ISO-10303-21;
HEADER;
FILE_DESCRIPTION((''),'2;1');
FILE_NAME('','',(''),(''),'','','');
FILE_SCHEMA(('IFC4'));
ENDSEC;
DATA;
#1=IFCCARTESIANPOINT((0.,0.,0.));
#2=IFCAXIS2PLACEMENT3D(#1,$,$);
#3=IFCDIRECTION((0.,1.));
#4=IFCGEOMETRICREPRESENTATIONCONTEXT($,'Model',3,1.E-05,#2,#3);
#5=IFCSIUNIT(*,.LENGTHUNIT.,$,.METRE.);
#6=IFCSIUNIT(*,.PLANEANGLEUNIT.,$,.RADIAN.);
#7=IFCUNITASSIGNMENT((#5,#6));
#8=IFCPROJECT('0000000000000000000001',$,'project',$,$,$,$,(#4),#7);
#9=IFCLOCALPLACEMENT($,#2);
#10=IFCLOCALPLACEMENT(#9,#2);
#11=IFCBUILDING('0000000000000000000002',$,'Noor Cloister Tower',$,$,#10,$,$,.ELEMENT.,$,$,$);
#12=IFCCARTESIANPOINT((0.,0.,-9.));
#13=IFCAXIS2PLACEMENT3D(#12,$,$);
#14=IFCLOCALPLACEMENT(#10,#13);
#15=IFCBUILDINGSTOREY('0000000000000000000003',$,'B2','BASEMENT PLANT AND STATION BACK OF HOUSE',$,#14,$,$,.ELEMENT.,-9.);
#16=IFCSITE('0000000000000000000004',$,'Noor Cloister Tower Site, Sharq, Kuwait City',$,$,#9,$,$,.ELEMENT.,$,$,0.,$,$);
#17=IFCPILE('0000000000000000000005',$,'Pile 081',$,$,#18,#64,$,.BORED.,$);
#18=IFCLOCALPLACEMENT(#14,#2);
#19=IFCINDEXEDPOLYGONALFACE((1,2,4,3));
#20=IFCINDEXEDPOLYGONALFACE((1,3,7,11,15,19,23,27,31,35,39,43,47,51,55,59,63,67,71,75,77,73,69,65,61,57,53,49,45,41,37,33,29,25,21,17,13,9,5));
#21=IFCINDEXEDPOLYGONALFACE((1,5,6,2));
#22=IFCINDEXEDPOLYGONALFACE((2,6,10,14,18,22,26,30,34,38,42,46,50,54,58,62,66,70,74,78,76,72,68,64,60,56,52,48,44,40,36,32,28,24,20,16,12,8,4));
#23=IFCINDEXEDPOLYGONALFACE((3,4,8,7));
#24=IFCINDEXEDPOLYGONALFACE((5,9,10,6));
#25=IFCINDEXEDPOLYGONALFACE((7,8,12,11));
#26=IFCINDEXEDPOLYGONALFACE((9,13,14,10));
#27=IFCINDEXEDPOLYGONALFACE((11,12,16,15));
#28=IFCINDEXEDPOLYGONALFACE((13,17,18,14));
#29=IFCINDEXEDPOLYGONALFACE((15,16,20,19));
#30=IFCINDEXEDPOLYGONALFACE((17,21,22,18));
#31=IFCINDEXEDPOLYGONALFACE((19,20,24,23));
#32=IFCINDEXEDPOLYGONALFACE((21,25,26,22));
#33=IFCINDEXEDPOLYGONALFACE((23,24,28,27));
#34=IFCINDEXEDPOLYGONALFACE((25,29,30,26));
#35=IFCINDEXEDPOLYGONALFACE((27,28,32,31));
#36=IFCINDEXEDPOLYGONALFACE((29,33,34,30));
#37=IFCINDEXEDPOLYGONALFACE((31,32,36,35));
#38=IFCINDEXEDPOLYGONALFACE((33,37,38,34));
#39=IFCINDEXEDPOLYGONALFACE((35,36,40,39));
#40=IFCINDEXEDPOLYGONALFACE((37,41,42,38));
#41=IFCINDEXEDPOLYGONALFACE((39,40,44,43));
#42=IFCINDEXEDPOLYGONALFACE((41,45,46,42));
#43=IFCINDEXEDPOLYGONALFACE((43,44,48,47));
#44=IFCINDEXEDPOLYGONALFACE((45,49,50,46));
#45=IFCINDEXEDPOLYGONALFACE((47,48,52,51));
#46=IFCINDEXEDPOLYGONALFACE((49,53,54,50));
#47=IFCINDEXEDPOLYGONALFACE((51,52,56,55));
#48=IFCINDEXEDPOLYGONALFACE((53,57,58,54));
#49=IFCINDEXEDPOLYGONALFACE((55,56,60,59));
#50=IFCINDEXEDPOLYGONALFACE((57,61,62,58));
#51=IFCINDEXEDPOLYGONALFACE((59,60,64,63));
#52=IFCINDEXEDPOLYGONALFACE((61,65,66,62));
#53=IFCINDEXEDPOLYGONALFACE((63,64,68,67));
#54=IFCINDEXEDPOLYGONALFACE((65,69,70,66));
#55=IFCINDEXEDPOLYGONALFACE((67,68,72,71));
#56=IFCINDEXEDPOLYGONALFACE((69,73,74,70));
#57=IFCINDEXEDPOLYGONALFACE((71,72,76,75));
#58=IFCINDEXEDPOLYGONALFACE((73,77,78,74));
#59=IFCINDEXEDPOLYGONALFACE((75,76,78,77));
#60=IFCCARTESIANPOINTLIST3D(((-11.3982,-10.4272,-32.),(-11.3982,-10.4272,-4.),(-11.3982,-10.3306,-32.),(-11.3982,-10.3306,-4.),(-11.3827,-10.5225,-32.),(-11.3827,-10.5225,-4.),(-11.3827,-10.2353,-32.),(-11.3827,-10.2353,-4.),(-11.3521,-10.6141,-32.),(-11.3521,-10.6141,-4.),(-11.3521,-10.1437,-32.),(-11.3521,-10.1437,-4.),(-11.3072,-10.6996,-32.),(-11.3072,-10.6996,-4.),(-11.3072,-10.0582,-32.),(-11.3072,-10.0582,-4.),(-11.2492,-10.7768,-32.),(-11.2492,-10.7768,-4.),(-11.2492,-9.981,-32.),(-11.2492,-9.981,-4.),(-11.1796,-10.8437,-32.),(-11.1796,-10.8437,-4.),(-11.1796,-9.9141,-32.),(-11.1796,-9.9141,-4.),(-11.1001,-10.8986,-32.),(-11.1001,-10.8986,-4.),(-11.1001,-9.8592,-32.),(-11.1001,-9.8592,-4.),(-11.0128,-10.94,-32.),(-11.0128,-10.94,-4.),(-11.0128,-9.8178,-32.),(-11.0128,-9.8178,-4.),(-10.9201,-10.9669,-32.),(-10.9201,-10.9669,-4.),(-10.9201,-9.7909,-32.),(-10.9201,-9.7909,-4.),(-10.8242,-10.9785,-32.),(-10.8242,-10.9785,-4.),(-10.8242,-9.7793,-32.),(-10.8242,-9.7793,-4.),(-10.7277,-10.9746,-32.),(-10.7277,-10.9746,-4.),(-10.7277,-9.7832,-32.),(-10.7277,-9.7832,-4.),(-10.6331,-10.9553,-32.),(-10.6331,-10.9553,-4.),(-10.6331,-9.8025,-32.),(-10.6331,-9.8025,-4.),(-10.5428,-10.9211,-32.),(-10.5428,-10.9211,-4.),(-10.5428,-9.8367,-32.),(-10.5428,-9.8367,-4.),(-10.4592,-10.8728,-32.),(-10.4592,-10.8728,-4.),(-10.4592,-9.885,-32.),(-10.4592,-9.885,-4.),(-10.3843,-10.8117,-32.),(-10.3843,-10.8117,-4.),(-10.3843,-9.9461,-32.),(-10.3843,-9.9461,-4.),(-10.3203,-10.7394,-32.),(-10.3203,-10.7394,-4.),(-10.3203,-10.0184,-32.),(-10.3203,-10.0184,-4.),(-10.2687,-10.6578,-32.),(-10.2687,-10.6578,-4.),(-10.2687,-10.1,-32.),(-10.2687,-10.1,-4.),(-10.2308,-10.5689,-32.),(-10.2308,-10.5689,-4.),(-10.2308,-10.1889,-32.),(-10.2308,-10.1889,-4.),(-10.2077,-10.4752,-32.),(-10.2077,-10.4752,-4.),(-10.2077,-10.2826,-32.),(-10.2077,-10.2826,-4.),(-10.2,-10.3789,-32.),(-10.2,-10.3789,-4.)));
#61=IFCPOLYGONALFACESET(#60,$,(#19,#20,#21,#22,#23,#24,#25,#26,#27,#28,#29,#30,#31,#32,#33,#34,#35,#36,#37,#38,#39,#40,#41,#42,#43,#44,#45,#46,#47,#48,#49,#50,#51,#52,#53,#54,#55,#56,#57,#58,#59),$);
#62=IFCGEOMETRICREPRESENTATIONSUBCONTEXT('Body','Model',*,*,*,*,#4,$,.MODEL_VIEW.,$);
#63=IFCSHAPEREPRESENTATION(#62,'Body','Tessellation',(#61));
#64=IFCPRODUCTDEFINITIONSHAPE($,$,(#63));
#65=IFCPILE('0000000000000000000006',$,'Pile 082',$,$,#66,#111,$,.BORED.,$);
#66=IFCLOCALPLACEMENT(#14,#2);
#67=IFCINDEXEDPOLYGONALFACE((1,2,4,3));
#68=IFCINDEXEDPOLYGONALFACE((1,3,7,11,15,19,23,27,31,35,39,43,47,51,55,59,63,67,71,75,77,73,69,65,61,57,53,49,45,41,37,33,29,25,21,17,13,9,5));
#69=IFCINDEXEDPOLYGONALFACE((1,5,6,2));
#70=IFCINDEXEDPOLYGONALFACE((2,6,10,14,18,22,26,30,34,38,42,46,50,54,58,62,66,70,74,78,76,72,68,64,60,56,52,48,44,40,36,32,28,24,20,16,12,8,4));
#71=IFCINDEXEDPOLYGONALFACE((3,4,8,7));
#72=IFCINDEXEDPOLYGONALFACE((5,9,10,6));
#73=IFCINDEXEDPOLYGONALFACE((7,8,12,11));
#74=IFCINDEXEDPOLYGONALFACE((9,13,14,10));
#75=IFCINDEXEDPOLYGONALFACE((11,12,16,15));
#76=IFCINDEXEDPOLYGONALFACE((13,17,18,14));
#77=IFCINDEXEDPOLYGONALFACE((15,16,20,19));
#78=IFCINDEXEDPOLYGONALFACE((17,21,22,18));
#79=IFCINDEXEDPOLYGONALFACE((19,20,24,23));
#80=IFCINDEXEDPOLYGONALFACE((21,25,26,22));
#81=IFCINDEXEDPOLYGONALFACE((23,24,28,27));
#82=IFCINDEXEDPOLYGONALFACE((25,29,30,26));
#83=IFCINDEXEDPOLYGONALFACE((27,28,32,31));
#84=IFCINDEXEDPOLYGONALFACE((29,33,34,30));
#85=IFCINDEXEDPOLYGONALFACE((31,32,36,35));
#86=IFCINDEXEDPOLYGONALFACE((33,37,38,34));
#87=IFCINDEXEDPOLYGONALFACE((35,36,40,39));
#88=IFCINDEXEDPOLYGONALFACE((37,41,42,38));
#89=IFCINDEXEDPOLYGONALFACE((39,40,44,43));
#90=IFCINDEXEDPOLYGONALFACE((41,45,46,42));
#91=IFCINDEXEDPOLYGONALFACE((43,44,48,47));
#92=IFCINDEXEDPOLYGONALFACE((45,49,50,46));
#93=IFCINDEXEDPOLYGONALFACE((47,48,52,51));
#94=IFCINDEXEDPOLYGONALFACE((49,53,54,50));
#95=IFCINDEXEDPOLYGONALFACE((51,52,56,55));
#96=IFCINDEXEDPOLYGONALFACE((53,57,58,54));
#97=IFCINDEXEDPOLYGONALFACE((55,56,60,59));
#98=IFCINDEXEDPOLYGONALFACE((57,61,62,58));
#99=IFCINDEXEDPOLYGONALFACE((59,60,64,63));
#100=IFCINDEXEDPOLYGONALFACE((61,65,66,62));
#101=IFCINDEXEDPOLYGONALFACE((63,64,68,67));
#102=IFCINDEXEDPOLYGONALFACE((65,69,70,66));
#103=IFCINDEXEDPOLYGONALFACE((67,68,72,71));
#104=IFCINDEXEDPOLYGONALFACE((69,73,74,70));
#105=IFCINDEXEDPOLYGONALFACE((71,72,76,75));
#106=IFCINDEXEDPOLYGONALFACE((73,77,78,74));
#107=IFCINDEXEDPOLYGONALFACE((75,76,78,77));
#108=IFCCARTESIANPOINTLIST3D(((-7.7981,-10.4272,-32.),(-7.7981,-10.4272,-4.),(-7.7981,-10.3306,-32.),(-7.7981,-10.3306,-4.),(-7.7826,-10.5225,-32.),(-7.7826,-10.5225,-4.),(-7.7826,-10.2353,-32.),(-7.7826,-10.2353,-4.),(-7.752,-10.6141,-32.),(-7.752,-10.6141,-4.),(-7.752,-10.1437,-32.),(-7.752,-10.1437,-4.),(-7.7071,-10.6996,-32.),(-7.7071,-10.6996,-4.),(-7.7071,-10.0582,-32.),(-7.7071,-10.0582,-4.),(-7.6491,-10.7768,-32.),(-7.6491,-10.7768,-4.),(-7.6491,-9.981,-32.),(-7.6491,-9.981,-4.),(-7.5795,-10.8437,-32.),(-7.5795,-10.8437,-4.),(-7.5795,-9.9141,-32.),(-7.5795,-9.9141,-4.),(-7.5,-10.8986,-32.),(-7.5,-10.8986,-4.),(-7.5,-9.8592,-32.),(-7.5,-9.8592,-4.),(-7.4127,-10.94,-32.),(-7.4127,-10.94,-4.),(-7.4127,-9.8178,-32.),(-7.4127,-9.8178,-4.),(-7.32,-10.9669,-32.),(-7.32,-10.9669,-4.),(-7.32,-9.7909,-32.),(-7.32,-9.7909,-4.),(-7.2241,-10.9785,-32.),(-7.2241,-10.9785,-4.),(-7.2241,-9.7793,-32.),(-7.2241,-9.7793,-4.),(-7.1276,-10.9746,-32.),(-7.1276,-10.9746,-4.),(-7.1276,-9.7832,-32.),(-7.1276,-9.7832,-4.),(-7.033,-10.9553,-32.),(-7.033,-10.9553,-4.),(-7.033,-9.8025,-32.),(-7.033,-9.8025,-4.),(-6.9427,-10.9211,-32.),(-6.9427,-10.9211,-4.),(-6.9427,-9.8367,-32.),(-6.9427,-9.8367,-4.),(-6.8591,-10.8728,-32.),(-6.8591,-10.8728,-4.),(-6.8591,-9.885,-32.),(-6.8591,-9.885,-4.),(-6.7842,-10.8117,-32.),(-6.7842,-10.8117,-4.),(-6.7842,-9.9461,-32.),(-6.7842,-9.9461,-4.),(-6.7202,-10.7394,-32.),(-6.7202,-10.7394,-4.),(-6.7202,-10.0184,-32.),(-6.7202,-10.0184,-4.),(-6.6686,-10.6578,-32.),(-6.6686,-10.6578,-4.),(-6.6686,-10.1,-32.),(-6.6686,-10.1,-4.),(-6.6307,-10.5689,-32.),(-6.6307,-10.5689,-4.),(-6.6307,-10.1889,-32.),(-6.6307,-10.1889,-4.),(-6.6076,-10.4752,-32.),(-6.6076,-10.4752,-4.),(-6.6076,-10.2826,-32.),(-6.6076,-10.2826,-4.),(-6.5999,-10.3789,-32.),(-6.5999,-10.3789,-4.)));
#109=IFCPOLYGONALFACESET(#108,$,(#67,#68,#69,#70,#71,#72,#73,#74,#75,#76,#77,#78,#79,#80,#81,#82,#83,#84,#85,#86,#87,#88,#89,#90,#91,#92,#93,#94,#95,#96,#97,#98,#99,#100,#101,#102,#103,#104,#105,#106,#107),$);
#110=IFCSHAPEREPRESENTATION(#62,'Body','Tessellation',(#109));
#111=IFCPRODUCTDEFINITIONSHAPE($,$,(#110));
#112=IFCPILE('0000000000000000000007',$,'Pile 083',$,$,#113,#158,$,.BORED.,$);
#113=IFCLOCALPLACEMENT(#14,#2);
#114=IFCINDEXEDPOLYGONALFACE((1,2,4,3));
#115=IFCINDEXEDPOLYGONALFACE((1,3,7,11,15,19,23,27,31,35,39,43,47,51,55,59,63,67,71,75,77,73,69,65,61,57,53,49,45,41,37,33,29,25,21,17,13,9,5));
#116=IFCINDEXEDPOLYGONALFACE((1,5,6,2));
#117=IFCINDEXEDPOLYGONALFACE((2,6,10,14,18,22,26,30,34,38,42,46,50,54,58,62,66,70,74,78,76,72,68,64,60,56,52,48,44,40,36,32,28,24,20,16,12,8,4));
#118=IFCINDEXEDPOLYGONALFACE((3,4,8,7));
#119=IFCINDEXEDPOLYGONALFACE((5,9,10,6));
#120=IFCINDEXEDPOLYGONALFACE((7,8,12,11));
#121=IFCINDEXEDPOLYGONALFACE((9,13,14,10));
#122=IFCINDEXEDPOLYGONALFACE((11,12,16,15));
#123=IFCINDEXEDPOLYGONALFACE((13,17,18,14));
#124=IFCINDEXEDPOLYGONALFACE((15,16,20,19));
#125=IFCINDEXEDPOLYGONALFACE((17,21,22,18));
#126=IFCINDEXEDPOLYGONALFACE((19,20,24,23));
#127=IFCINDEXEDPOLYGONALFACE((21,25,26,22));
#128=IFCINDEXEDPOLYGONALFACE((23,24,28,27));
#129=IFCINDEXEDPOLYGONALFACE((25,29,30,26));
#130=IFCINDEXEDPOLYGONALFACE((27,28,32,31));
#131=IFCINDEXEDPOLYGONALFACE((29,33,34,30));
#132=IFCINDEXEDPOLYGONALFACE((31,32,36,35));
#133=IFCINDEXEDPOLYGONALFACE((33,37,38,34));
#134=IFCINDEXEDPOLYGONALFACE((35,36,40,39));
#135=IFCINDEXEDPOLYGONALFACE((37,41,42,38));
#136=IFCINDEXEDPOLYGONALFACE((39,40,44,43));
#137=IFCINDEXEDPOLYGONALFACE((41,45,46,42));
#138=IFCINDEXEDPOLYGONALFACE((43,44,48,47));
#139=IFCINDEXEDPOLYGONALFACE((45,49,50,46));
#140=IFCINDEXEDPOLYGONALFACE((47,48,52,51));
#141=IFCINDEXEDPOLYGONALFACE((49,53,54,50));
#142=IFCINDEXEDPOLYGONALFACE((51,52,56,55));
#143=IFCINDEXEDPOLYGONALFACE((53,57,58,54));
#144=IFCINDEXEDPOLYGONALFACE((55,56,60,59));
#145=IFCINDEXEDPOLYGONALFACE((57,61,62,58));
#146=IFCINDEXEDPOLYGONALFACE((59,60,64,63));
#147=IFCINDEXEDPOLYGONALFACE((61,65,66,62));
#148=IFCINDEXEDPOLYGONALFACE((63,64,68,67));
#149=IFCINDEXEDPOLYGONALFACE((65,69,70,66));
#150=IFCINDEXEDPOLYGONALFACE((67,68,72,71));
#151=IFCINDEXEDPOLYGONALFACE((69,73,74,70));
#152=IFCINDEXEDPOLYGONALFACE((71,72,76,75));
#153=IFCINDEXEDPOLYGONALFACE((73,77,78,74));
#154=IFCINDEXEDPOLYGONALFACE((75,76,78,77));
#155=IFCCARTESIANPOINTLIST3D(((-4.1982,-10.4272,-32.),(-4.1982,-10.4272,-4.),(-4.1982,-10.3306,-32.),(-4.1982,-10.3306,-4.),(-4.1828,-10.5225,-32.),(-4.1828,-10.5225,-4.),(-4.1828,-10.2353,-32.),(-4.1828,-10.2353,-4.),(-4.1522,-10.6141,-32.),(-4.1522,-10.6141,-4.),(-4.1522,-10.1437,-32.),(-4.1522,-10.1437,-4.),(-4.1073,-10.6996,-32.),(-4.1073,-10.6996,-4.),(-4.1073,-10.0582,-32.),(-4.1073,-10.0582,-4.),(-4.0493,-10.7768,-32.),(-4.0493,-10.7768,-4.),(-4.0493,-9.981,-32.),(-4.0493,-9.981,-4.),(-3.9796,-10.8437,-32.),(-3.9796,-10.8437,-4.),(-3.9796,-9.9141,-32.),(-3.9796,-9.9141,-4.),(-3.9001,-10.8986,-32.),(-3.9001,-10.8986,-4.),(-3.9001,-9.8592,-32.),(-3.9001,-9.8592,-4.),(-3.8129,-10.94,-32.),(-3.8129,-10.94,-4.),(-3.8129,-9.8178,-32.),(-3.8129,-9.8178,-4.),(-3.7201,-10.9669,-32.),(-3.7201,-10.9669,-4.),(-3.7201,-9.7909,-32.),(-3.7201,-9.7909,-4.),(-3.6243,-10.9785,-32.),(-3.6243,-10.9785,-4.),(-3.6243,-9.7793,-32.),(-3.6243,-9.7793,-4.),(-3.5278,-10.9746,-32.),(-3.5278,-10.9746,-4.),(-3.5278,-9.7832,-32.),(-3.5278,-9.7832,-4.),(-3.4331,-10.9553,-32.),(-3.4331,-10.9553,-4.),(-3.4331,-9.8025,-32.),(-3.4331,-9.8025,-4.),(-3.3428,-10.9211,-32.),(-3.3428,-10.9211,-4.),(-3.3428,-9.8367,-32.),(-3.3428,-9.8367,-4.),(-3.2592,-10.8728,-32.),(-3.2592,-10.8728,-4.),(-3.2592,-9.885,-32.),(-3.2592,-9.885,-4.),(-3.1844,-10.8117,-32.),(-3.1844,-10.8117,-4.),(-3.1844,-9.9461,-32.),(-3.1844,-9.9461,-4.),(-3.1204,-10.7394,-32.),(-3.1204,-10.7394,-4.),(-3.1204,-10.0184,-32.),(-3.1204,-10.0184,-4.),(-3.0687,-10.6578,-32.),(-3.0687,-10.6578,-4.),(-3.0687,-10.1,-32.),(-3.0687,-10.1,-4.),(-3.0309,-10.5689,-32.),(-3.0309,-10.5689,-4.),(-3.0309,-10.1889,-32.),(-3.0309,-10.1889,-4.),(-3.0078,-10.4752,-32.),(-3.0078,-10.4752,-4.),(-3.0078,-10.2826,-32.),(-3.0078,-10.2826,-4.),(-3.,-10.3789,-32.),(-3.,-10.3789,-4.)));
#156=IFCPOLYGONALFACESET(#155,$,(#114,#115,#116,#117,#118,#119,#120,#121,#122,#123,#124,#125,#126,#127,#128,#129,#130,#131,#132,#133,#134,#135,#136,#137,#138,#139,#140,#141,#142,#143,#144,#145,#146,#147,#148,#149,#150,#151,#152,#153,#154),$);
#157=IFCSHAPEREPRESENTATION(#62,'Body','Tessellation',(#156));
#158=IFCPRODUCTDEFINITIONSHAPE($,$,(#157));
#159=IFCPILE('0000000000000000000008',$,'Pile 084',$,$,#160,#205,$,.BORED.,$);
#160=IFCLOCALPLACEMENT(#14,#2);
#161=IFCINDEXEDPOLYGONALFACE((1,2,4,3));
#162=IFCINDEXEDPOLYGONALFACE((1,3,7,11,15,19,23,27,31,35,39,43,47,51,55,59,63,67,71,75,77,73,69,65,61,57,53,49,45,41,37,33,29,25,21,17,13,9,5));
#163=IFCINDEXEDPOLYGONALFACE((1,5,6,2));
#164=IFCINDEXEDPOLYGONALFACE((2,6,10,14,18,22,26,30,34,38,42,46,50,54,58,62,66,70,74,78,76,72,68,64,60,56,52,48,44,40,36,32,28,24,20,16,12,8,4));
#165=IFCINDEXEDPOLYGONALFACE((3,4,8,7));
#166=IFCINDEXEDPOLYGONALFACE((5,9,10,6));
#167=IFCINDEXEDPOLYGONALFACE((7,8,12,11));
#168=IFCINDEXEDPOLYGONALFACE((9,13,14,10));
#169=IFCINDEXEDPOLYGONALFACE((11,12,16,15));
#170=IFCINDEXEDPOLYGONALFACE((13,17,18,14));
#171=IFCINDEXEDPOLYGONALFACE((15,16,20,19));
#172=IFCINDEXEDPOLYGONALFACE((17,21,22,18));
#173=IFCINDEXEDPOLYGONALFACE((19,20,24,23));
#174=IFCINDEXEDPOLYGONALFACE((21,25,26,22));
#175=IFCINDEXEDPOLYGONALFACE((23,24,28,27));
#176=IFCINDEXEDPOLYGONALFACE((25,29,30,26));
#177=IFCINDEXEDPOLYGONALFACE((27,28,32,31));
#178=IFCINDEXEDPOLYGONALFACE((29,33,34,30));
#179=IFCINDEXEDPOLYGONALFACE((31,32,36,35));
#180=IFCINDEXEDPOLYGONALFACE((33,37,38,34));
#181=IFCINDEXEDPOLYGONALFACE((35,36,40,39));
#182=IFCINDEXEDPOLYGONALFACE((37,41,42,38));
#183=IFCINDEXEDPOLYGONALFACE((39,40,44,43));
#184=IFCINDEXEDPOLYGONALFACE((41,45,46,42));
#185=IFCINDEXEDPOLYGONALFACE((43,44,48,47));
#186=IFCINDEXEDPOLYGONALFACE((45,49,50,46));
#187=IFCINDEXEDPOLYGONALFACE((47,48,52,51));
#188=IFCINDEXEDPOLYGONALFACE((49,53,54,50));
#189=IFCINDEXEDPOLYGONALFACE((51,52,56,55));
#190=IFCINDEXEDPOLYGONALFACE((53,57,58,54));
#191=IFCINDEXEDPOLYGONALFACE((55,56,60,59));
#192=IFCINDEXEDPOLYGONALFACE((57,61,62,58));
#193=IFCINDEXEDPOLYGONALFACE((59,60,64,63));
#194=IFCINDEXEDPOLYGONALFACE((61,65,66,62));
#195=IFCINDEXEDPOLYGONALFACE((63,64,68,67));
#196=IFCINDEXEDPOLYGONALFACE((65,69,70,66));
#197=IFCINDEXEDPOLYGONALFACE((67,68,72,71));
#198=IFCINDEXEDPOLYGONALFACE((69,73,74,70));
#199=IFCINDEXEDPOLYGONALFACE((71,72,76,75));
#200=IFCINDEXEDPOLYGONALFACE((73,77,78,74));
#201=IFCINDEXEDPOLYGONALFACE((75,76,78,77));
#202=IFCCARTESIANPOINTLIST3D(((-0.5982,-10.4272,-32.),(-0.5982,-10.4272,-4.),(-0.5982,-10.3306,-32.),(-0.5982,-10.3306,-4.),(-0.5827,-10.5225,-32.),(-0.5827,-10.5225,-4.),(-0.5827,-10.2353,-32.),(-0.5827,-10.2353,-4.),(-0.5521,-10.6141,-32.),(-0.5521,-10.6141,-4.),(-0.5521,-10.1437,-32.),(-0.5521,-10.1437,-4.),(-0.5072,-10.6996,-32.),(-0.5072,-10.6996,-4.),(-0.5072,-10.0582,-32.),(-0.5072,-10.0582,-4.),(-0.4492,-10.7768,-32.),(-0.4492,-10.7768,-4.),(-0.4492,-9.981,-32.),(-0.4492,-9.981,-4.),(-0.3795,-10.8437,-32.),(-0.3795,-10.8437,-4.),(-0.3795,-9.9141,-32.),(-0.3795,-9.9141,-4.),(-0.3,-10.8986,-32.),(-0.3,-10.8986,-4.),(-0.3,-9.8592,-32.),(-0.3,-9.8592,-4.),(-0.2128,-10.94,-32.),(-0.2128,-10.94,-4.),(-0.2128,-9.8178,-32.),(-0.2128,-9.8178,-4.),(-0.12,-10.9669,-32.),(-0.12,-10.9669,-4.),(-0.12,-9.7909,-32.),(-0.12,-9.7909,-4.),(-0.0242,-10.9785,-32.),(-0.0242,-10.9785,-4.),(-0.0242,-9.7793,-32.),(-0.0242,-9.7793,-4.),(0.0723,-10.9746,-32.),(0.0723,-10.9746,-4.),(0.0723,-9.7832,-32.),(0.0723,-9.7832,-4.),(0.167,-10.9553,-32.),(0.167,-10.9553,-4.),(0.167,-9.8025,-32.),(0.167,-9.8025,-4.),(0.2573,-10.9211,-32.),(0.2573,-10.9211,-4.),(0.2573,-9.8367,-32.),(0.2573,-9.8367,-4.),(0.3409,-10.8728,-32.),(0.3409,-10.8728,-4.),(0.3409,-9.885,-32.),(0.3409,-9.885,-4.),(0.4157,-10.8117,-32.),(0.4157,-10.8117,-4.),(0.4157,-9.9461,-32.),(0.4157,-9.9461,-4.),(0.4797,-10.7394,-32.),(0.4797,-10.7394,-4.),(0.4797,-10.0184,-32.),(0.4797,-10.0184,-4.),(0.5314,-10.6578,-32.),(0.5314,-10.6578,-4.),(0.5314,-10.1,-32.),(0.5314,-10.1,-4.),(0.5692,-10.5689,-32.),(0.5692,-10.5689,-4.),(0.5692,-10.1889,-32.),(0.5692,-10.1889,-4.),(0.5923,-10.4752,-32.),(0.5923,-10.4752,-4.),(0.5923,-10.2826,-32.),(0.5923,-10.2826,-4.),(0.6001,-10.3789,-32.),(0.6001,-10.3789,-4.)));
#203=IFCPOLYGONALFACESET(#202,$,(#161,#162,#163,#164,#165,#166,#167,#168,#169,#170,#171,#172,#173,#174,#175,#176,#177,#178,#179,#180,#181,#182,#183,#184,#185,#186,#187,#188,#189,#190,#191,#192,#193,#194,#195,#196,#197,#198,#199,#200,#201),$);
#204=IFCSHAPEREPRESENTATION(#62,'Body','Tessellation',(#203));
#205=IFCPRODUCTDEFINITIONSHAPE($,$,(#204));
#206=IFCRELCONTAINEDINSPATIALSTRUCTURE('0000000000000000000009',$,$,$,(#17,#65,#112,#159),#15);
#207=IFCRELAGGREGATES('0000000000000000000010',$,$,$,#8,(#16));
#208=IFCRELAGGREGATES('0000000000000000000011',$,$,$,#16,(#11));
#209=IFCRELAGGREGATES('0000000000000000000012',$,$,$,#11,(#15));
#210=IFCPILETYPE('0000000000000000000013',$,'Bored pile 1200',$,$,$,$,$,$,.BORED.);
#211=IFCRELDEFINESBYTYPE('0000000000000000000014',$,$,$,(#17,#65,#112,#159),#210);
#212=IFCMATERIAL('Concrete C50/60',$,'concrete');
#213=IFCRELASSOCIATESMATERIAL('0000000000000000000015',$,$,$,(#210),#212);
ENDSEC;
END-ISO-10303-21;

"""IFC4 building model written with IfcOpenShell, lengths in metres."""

from ifc_helpers import new_model, si_unit, direction, frame, origin, origin_2d, place, context, subcontext, project, spatial, circle, extrude, material, material_profile, profile_set, type_object, element, save


model = new_model("IFC4")

# Units and contexts
model_context = context("Model", 3, precision=1e-05, world=origin(), true_north=direction((0.0, 1.0)))
body_context = subcontext(model_context, "Body", "Model", "MODEL_VIEW")
ifc_project = project(units=[si_unit("LENGTHUNIT", "METRE"), si_unit("PLANEANGLEUNIT", "RADIAN")], contexts=[model_context])

# Site, building, storey
site_placement = place(None, origin())
site = spatial("IfcSite", under=ifc_project, at=site_placement, Name="Noor Cloister Tower Site, Sharq, Kuwait City", CompositionType="ELEMENT", RefElevation=0.0)
building_placement = place(site_placement, origin())
building = spatial("IfcBuilding", under=site, at=building_placement, Name="Noor Cloister Tower", CompositionType="ELEMENT")
storey_placement = place(building_placement, frame((0.0, 0.0, -9.0)))
storey = spatial("IfcBuildingStorey", under=building, at=storey_placement, Name="B2", Description="BASEMENT PLANT AND STATION BACK OF HOUSE", CompositionType="ELEMENT", Elevation=-9.0)

# Piles
ifc_material_1 = material(Name="Concrete C50/60", Category="concrete")
ifc_material_profile_1 = material_profile(ifc_material_1, circle(Radius=0.6001, at=origin_2d()), Name="Bored pile 1200")
ifc_profile_set_1 = profile_set([ifc_material_profile_1], Name="Concrete C50/60")
pile_type = type_object("IfcPileType", Name="Bored pile 1200", PredefinedType="BORED", material=ifc_profile_set_1)
for number, where, z_axis, x_axis, name in (
    (1, (-10.8, -10.3789, -4.0), (0.0, 0.0, -1.0), (1.0, 0.0, 0.0), "Pile 081"),
    (2, (-7.2, -10.3789, -4.0), (0.0, 0.0, -1.0), (1.0, 0.0, 0.0), "Pile 082"),
    (3, (-3.6001, -10.3789, -4.0), (0.0, 0.0, -1.0), (1.0, 0.0, 0.0), "Pile 083"),
    (4, (0.0, -10.3789, -4.0), (0.0, 0.0, -1.0), (1.0, 0.0, 0.0), "Pile 084"),
):
    element("IfcPile", number, at=place(storey_placement, frame(where, z_axis=z_axis, x_axis=x_axis)), inside=storey, type_object=pile_type, Name=name, PredefinedType="BORED", context=body_context, shape_type="SweptSolid", body=[
        extrude(circle(Radius=0.6001, at=origin_2d()), origin(), (0.0, 0.0, 1.0), 28.0),
    ])

save(model, "model.ifc")
